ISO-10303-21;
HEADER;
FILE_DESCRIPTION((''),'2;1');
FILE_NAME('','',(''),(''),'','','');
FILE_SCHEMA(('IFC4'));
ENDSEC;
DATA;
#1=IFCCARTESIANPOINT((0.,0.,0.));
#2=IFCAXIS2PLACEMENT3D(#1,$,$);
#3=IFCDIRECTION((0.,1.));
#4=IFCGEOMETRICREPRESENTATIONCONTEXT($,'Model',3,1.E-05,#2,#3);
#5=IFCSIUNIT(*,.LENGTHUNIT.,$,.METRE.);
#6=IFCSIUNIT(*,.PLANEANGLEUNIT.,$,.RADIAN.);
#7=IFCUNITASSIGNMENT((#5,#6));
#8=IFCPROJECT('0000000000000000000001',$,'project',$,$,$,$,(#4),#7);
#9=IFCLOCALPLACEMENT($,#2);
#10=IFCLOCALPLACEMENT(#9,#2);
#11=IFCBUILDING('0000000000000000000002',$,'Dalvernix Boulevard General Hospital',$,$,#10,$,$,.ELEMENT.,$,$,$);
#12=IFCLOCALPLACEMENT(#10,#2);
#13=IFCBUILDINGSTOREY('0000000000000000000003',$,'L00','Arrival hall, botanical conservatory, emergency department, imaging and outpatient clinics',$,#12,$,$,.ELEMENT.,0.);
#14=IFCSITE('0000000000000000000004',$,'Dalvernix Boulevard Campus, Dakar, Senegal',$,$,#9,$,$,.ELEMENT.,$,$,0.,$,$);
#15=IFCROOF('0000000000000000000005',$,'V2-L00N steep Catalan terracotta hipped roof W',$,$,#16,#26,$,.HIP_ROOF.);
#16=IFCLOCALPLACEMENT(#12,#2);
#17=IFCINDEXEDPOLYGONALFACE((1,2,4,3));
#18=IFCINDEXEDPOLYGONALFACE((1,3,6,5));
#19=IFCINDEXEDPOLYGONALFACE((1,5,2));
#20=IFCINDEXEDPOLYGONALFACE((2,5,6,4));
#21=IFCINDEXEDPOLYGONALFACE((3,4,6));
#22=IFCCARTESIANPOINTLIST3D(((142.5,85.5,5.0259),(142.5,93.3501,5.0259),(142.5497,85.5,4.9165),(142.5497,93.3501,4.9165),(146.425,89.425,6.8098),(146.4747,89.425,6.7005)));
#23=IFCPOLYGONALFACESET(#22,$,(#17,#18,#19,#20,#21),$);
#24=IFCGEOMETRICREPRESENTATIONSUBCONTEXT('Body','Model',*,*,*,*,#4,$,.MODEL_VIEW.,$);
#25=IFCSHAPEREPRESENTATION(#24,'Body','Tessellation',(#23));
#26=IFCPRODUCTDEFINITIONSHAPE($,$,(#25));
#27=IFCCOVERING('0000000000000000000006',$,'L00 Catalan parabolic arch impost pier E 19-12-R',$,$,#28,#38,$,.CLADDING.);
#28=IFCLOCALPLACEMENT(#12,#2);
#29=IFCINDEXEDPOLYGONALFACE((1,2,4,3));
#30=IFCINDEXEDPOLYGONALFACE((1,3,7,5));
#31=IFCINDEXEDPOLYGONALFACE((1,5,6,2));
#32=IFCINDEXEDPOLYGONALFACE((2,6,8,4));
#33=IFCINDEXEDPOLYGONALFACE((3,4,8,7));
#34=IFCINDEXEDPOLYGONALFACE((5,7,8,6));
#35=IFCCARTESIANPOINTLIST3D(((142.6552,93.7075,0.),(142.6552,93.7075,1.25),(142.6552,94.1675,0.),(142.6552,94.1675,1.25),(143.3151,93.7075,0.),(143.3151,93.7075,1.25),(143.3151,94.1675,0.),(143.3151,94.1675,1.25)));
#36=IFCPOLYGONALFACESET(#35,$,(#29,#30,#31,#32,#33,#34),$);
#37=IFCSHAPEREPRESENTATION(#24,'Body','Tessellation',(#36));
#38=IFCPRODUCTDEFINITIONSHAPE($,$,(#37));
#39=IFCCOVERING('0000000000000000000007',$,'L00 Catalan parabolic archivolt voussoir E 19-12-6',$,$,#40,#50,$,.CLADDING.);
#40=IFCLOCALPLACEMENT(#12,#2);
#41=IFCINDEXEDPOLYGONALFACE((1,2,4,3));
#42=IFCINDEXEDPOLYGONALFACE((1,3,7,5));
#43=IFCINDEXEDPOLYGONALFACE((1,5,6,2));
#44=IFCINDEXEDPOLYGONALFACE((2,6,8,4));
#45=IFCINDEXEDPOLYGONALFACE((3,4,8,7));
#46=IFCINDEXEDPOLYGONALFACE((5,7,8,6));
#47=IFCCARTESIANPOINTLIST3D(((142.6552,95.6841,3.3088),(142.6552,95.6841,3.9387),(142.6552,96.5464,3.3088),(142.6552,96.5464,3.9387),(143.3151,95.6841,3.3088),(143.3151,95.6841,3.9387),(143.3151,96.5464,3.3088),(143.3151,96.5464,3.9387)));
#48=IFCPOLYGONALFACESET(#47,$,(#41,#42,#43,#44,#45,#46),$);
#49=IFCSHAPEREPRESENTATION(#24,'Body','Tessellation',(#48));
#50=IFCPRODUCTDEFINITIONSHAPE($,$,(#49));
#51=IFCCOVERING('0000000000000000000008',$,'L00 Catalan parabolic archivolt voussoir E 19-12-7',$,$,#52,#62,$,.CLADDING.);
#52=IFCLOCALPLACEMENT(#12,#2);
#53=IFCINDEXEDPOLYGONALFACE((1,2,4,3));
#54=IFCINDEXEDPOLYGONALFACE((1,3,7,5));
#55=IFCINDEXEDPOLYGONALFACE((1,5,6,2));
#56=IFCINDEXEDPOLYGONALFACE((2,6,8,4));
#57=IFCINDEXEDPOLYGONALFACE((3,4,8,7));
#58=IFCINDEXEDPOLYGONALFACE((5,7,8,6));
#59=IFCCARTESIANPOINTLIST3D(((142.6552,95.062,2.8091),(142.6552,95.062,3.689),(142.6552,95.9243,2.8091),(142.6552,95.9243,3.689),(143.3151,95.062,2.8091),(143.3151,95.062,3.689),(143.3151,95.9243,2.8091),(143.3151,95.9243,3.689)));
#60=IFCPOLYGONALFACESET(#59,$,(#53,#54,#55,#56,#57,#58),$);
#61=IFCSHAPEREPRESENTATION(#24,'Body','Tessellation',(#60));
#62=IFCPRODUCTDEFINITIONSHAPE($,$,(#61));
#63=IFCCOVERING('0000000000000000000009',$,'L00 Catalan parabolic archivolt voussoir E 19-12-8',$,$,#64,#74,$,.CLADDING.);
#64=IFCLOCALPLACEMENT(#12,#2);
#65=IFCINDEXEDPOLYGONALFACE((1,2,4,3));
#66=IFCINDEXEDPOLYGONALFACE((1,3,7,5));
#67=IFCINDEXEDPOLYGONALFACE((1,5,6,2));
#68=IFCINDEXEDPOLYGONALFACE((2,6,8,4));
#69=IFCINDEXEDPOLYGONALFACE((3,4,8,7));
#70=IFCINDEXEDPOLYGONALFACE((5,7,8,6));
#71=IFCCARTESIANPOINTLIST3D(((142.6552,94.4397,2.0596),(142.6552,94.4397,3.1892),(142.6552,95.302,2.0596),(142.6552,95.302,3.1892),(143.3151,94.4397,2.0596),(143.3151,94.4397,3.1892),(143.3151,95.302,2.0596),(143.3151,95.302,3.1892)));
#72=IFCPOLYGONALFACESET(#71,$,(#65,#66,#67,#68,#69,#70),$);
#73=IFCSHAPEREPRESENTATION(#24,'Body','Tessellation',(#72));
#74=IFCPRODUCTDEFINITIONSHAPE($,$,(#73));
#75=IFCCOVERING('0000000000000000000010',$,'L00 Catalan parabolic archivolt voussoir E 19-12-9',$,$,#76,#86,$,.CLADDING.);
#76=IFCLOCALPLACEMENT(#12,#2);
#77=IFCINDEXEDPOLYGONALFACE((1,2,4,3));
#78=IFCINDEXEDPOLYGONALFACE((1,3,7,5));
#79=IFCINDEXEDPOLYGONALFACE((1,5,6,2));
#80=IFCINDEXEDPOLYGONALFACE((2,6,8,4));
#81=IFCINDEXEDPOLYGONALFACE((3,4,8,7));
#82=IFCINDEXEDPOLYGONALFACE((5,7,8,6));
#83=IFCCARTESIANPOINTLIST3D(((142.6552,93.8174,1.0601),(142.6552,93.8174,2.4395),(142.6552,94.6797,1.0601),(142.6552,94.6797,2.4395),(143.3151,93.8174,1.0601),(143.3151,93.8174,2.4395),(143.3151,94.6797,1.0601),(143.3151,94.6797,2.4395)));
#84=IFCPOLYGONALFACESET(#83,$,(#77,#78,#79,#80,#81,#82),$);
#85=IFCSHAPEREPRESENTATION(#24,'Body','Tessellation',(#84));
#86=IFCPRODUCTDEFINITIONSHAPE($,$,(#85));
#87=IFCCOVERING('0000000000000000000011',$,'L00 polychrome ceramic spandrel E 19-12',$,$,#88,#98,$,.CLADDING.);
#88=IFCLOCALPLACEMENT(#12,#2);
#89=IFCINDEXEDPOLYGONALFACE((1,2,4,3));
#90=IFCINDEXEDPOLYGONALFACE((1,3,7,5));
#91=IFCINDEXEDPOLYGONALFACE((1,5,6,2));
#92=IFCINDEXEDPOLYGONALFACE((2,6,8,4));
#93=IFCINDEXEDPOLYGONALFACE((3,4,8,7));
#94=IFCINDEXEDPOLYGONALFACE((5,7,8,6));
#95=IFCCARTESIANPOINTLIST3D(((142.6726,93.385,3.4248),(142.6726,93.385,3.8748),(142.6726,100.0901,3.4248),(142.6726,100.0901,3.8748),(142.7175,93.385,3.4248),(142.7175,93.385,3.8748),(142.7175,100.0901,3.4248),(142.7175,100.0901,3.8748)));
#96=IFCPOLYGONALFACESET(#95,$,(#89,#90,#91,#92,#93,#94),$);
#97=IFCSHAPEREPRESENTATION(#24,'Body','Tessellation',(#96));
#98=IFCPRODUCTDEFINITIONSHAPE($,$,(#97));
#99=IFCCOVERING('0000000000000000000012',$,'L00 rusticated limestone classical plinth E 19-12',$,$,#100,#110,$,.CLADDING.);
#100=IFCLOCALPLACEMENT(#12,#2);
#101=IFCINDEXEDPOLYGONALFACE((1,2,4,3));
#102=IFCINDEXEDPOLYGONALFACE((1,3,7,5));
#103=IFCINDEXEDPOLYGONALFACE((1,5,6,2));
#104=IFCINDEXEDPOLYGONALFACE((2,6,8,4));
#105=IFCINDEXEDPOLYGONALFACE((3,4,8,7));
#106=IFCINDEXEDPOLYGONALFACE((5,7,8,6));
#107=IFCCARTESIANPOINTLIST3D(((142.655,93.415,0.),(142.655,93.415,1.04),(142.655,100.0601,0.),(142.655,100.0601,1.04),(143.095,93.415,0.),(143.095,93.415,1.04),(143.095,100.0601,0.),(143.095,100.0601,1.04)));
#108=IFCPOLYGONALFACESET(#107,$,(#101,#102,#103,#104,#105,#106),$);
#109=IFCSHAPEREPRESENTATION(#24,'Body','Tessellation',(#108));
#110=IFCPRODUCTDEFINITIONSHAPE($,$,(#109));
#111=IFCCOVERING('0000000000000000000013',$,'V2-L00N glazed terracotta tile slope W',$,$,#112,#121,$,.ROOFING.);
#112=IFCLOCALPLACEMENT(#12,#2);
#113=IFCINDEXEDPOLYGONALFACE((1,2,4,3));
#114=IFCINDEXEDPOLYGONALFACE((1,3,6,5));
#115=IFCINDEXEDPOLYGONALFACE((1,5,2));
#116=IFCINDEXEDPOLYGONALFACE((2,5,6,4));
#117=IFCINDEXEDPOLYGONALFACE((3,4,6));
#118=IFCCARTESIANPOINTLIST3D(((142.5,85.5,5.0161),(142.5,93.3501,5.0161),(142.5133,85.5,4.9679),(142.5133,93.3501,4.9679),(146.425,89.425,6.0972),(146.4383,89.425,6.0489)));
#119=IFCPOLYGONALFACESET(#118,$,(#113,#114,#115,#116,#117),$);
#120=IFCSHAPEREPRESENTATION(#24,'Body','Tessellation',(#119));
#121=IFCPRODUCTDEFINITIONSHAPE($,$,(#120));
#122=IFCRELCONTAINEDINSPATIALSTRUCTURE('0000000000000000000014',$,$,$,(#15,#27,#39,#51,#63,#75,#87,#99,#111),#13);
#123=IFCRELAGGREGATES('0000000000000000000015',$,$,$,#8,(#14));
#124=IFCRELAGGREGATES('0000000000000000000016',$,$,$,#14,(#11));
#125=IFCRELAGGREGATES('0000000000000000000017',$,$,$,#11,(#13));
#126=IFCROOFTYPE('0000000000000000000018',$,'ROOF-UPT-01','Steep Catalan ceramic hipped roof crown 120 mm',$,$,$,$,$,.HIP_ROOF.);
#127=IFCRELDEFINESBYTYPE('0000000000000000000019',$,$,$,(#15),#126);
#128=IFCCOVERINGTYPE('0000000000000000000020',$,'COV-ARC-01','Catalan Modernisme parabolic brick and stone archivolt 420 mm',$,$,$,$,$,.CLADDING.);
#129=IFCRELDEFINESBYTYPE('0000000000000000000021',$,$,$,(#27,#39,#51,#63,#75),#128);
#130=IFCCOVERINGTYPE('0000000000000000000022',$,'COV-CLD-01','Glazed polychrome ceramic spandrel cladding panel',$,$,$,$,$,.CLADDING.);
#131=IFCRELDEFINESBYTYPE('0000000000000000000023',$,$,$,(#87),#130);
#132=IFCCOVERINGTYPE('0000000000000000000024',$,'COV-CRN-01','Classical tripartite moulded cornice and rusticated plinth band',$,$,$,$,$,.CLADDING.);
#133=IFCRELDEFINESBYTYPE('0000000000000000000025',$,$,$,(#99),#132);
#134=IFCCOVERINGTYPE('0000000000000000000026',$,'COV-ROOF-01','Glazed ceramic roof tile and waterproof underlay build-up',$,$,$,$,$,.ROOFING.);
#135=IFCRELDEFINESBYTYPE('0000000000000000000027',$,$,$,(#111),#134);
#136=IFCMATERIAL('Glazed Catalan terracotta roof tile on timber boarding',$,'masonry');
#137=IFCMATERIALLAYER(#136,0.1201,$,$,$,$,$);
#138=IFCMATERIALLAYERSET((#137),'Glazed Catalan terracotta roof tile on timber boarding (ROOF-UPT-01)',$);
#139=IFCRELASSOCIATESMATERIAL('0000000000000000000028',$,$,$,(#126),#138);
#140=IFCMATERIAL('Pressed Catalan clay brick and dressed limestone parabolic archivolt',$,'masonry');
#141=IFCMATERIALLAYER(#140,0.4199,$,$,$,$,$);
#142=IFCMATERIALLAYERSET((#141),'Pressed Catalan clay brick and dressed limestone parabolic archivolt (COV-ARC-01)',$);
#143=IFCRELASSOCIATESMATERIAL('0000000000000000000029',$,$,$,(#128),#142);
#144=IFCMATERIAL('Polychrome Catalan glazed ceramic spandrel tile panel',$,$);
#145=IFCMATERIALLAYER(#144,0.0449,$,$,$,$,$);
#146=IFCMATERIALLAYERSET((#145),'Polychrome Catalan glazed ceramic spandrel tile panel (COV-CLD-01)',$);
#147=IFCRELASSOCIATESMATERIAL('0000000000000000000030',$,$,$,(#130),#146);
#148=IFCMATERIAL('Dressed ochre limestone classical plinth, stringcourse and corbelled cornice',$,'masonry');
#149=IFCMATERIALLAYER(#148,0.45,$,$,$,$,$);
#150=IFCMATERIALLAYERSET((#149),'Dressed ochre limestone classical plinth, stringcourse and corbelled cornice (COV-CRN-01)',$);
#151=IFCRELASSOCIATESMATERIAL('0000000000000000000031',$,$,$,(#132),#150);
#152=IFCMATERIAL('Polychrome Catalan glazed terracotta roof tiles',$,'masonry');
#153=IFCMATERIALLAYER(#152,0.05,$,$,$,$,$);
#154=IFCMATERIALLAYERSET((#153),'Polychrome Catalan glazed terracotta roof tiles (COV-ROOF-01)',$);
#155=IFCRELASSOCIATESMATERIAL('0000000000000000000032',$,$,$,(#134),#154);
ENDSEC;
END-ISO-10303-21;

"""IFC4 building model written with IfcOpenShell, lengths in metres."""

from ifc_helpers import new_model, si_unit, direction, frame, origin, origin_2d, place, context, subcontext, project, spatial, polyline, rectangle, outline, extrude, material, layer, layer_set, type_object, element, save


model = new_model("IFC4")

# Units and contexts
model_context = context("Model", 3, precision=1e-05, world=origin(), true_north=direction((0.0, 1.0)))
body_context = subcontext(model_context, "Body", "Model", "MODEL_VIEW")
ifc_project = project(units=[si_unit("LENGTHUNIT", "METRE"), si_unit("PLANEANGLEUNIT", "RADIAN")], contexts=[model_context])

# Site, building, storey
site_placement = place(None, origin())
site = spatial("IfcSite", under=ifc_project, at=site_placement, Name="Dalvernix Boulevard Campus, Dakar, Senegal", CompositionType="ELEMENT", RefElevation=0.0)
building_placement = place(site_placement, origin())
building = spatial("IfcBuilding", under=site, at=building_placement, Name="Dalvernix Boulevard General Hospital", CompositionType="ELEMENT")
storey_placement = place(building_placement, origin())
storey = spatial("IfcBuildingStorey", under=building, at=storey_placement, Name="L00", Description="Arrival hall, botanical conservatory, emergency department, imaging and outpatient clinics", CompositionType="ELEMENT", Elevation=0.0)

# Roof
ifc_material_1 = material(Name="Glazed Catalan terracotta roof tile on timber boarding", Category="masonry")
ifc_layer_1 = layer(ifc_material_1, 0.1201)
ifc_layer_set_1 = layer_set([ifc_layer_1], Name="Glazed Catalan terracotta roof tile on timber boarding (ROOF-UPT-01)")
roof_type_1 = type_object("IfcRoofType", Name="ROOF-UPT-01", Description="Steep Catalan ceramic hipped roof crown 120 mm", PredefinedType="HIP_ROOF", material=ifc_layer_set_1)
roof_1_placement = place(storey_placement, frame((142.5, 93.3501, 5.0259), z_axis=(-0.413769, 0.0, 0.910382), x_axis=(0.0, -1.0, 0.0)))
element("IfcRoof", 1, at=roof_1_placement, inside=storey, type_object=roof_type_1, Name="V2-L00N steep Catalan terracotta hipped roof W", PredefinedType="HIP_ROOF", context=body_context, shape_type="SweptSolid", body=[
    extrude(outline(polyline([(0.0, 0.0), (7.8501, 0.0), (3.925, 4.3114), (0.0, 0.0)])), origin(), (0.0, 0.0, -1.0), 0.1201),
])

# Coverings
ifc_material_2 = material(Name="Pressed Catalan clay brick and dressed limestone parabolic archivolt", Category="masonry")
ifc_layer_2 = layer(ifc_material_2, 0.4199)
ifc_layer_set_2 = layer_set([ifc_layer_2], Name="Pressed Catalan clay brick and dressed limestone parabolic archivolt (COV-ARC-01)")
covering_type_1 = type_object("IfcCoveringType", Name="COV-ARC-01", Description="Catalan Modernisme parabolic brick and stone archivolt 420 mm", PredefinedType="CLADDING", material=ifc_layer_set_2)
covering_1_placement = place(storey_placement, frame((142.9851, 93.9375, 0.0), z_axis=(0.0, 0.0, 1.0), x_axis=(0.0, -1.0, 0.0)))
element("IfcCovering", 2, at=covering_1_placement, inside=storey, type_object=covering_type_1, Name="L00 Catalan parabolic arch impost pier E 19-12-R", PredefinedType="CLADDING", context=body_context, shape_type="SweptSolid", body=[
    extrude(rectangle(XDim=0.46, YDim=0.6599, at=origin_2d()), origin(), (0.0, 0.0, 1.0), 1.25),
])
covering_2_placement = place(storey_placement, frame((142.9851, 96.1152, 3.3088), z_axis=(0.0, 0.0, 1.0), x_axis=(0.0, -1.0, 0.0)))
element("IfcCovering", 3, at=covering_2_placement, inside=storey, type_object=covering_type_1, Name="L00 Catalan parabolic archivolt voussoir E 19-12-6", PredefinedType="CLADDING", context=body_context, shape_type="SweptSolid", body=[
    extrude(rectangle(XDim=0.8623, YDim=0.6599, at=origin_2d()), origin(), (0.0, 0.0, 1.0), 0.6299),
])
covering_3_placement = place(storey_placement, frame((142.9851, 95.4932, 2.8091), z_axis=(0.0, 0.0, 1.0), x_axis=(0.0, -1.0, 0.0)))
element("IfcCovering", 4, at=covering_3_placement, inside=storey, type_object=covering_type_1, Name="L00 Catalan parabolic archivolt voussoir E 19-12-7", PredefinedType="CLADDING", context=body_context, shape_type="SweptSolid", body=[
    extrude(rectangle(XDim=0.8623, YDim=0.6599, at=origin_2d()), origin(), (0.0, 0.0, 1.0), 0.8799),
])
covering_4_placement = place(storey_placement, frame((142.9851, 94.8708, 2.0596), z_axis=(0.0, 0.0, 1.0), x_axis=(0.0, -1.0, 0.0)))
element("IfcCovering", 5, at=covering_4_placement, inside=storey, type_object=covering_type_1, Name="L00 Catalan parabolic archivolt voussoir E 19-12-8", PredefinedType="CLADDING", context=body_context, shape_type="SweptSolid", body=[
    extrude(rectangle(XDim=0.8623, YDim=0.6599, at=origin_2d()), origin(), (0.0, 0.0, 1.0), 1.1296),
])
covering_5_placement = place(storey_placement, frame((142.9851, 94.2485, 1.0601), z_axis=(0.0, 0.0, 1.0), x_axis=(0.0, -1.0, 0.0)))
element("IfcCovering", 6, at=covering_5_placement, inside=storey, type_object=covering_type_1, Name="L00 Catalan parabolic archivolt voussoir E 19-12-9", PredefinedType="CLADDING", context=body_context, shape_type="SweptSolid", body=[
    extrude(rectangle(XDim=0.8623, YDim=0.6599, at=origin_2d()), origin(), (0.0, 0.0, 1.0), 1.3794),
])
ifc_material_3 = material(Name="Polychrome Catalan glazed ceramic spandrel tile panel")
ifc_layer_3 = layer(ifc_material_3, 0.0449)
ifc_layer_set_3 = layer_set([ifc_layer_3], Name="Polychrome Catalan glazed ceramic spandrel tile panel (COV-CLD-01)")
covering_type_2 = type_object("IfcCoveringType", Name="COV-CLD-01", Description="Glazed polychrome ceramic spandrel cladding panel", PredefinedType="CLADDING", material=ifc_layer_set_3)
covering_6_placement = place(storey_placement, frame((142.6951, 96.7375, 3.4248), z_axis=(0.0, 0.0, 1.0), x_axis=(0.0, -1.0, 0.0)))
element("IfcCovering", 7, at=covering_6_placement, inside=storey, type_object=covering_type_2, Name="L00 polychrome ceramic spandrel E 19-12", PredefinedType="CLADDING", context=body_context, shape_type="SweptSolid", body=[
    extrude(rectangle(XDim=6.7051, YDim=0.0449, at=origin_2d()), origin(), (0.0, 0.0, 1.0), 0.45),
])
ifc_material_4 = material(Name="Dressed ochre limestone classical plinth, stringcourse and corbelled cornice", Category="masonry")
ifc_layer_4 = layer(ifc_material_4, 0.45)
ifc_layer_set_4 = layer_set([ifc_layer_4], Name="Dressed ochre limestone classical plinth, stringcourse and corbelled cornice (COV-CRN-01)")
covering_type_3 = type_object("IfcCoveringType", Name="COV-CRN-01", Description="Classical tripartite moulded cornice and rusticated plinth band", PredefinedType="CLADDING", material=ifc_layer_set_4)
covering_7_placement = place(storey_placement, frame((142.875, 96.7375, 0.0), z_axis=(0.0, 0.0, 1.0), x_axis=(0.0, -1.0, 0.0)))
element("IfcCovering", 8, at=covering_7_placement, inside=storey, type_object=covering_type_3, Name="L00 rusticated limestone classical plinth E 19-12", PredefinedType="CLADDING", context=body_context, shape_type="SweptSolid", body=[
    extrude(rectangle(XDim=6.645, YDim=0.4399, at=origin_2d()), origin(), (0.0, 0.0, 1.0), 1.04),
])
ifc_material_5 = material(Name="Polychrome Catalan glazed terracotta roof tiles", Category="masonry")
ifc_layer_5 = layer(ifc_material_5, 0.05)
ifc_layer_set_5 = layer_set([ifc_layer_5], Name="Polychrome Catalan glazed terracotta roof tiles (COV-ROOF-01)")
covering_type_4 = type_object("IfcCoveringType", Name="COV-ROOF-01", Description="Glazed ceramic roof tile and waterproof underlay build-up", PredefinedType="ROOFING", material=ifc_layer_set_5)
covering_8_placement = place(storey_placement, frame((142.5, 93.3501, 5.0161), z_axis=(-0.265537, 0.0, 0.964101), x_axis=(0.0, -1.0, 0.0)))
element("IfcCovering", 9, at=covering_8_placement, inside=storey, type_object=covering_type_4, Name="V2-L00N glazed terracotta tile slope W", PredefinedType="ROOFING", context=body_context, shape_type="SweptSolid", body=[
    extrude(outline(polyline([(0.0, 0.0), (7.8501, 0.0), (3.925, 4.0712), (0.0, 0.0)])), origin(), (0.0, 0.0, -1.0), 0.05),
])

save(model, "model.ifc")
